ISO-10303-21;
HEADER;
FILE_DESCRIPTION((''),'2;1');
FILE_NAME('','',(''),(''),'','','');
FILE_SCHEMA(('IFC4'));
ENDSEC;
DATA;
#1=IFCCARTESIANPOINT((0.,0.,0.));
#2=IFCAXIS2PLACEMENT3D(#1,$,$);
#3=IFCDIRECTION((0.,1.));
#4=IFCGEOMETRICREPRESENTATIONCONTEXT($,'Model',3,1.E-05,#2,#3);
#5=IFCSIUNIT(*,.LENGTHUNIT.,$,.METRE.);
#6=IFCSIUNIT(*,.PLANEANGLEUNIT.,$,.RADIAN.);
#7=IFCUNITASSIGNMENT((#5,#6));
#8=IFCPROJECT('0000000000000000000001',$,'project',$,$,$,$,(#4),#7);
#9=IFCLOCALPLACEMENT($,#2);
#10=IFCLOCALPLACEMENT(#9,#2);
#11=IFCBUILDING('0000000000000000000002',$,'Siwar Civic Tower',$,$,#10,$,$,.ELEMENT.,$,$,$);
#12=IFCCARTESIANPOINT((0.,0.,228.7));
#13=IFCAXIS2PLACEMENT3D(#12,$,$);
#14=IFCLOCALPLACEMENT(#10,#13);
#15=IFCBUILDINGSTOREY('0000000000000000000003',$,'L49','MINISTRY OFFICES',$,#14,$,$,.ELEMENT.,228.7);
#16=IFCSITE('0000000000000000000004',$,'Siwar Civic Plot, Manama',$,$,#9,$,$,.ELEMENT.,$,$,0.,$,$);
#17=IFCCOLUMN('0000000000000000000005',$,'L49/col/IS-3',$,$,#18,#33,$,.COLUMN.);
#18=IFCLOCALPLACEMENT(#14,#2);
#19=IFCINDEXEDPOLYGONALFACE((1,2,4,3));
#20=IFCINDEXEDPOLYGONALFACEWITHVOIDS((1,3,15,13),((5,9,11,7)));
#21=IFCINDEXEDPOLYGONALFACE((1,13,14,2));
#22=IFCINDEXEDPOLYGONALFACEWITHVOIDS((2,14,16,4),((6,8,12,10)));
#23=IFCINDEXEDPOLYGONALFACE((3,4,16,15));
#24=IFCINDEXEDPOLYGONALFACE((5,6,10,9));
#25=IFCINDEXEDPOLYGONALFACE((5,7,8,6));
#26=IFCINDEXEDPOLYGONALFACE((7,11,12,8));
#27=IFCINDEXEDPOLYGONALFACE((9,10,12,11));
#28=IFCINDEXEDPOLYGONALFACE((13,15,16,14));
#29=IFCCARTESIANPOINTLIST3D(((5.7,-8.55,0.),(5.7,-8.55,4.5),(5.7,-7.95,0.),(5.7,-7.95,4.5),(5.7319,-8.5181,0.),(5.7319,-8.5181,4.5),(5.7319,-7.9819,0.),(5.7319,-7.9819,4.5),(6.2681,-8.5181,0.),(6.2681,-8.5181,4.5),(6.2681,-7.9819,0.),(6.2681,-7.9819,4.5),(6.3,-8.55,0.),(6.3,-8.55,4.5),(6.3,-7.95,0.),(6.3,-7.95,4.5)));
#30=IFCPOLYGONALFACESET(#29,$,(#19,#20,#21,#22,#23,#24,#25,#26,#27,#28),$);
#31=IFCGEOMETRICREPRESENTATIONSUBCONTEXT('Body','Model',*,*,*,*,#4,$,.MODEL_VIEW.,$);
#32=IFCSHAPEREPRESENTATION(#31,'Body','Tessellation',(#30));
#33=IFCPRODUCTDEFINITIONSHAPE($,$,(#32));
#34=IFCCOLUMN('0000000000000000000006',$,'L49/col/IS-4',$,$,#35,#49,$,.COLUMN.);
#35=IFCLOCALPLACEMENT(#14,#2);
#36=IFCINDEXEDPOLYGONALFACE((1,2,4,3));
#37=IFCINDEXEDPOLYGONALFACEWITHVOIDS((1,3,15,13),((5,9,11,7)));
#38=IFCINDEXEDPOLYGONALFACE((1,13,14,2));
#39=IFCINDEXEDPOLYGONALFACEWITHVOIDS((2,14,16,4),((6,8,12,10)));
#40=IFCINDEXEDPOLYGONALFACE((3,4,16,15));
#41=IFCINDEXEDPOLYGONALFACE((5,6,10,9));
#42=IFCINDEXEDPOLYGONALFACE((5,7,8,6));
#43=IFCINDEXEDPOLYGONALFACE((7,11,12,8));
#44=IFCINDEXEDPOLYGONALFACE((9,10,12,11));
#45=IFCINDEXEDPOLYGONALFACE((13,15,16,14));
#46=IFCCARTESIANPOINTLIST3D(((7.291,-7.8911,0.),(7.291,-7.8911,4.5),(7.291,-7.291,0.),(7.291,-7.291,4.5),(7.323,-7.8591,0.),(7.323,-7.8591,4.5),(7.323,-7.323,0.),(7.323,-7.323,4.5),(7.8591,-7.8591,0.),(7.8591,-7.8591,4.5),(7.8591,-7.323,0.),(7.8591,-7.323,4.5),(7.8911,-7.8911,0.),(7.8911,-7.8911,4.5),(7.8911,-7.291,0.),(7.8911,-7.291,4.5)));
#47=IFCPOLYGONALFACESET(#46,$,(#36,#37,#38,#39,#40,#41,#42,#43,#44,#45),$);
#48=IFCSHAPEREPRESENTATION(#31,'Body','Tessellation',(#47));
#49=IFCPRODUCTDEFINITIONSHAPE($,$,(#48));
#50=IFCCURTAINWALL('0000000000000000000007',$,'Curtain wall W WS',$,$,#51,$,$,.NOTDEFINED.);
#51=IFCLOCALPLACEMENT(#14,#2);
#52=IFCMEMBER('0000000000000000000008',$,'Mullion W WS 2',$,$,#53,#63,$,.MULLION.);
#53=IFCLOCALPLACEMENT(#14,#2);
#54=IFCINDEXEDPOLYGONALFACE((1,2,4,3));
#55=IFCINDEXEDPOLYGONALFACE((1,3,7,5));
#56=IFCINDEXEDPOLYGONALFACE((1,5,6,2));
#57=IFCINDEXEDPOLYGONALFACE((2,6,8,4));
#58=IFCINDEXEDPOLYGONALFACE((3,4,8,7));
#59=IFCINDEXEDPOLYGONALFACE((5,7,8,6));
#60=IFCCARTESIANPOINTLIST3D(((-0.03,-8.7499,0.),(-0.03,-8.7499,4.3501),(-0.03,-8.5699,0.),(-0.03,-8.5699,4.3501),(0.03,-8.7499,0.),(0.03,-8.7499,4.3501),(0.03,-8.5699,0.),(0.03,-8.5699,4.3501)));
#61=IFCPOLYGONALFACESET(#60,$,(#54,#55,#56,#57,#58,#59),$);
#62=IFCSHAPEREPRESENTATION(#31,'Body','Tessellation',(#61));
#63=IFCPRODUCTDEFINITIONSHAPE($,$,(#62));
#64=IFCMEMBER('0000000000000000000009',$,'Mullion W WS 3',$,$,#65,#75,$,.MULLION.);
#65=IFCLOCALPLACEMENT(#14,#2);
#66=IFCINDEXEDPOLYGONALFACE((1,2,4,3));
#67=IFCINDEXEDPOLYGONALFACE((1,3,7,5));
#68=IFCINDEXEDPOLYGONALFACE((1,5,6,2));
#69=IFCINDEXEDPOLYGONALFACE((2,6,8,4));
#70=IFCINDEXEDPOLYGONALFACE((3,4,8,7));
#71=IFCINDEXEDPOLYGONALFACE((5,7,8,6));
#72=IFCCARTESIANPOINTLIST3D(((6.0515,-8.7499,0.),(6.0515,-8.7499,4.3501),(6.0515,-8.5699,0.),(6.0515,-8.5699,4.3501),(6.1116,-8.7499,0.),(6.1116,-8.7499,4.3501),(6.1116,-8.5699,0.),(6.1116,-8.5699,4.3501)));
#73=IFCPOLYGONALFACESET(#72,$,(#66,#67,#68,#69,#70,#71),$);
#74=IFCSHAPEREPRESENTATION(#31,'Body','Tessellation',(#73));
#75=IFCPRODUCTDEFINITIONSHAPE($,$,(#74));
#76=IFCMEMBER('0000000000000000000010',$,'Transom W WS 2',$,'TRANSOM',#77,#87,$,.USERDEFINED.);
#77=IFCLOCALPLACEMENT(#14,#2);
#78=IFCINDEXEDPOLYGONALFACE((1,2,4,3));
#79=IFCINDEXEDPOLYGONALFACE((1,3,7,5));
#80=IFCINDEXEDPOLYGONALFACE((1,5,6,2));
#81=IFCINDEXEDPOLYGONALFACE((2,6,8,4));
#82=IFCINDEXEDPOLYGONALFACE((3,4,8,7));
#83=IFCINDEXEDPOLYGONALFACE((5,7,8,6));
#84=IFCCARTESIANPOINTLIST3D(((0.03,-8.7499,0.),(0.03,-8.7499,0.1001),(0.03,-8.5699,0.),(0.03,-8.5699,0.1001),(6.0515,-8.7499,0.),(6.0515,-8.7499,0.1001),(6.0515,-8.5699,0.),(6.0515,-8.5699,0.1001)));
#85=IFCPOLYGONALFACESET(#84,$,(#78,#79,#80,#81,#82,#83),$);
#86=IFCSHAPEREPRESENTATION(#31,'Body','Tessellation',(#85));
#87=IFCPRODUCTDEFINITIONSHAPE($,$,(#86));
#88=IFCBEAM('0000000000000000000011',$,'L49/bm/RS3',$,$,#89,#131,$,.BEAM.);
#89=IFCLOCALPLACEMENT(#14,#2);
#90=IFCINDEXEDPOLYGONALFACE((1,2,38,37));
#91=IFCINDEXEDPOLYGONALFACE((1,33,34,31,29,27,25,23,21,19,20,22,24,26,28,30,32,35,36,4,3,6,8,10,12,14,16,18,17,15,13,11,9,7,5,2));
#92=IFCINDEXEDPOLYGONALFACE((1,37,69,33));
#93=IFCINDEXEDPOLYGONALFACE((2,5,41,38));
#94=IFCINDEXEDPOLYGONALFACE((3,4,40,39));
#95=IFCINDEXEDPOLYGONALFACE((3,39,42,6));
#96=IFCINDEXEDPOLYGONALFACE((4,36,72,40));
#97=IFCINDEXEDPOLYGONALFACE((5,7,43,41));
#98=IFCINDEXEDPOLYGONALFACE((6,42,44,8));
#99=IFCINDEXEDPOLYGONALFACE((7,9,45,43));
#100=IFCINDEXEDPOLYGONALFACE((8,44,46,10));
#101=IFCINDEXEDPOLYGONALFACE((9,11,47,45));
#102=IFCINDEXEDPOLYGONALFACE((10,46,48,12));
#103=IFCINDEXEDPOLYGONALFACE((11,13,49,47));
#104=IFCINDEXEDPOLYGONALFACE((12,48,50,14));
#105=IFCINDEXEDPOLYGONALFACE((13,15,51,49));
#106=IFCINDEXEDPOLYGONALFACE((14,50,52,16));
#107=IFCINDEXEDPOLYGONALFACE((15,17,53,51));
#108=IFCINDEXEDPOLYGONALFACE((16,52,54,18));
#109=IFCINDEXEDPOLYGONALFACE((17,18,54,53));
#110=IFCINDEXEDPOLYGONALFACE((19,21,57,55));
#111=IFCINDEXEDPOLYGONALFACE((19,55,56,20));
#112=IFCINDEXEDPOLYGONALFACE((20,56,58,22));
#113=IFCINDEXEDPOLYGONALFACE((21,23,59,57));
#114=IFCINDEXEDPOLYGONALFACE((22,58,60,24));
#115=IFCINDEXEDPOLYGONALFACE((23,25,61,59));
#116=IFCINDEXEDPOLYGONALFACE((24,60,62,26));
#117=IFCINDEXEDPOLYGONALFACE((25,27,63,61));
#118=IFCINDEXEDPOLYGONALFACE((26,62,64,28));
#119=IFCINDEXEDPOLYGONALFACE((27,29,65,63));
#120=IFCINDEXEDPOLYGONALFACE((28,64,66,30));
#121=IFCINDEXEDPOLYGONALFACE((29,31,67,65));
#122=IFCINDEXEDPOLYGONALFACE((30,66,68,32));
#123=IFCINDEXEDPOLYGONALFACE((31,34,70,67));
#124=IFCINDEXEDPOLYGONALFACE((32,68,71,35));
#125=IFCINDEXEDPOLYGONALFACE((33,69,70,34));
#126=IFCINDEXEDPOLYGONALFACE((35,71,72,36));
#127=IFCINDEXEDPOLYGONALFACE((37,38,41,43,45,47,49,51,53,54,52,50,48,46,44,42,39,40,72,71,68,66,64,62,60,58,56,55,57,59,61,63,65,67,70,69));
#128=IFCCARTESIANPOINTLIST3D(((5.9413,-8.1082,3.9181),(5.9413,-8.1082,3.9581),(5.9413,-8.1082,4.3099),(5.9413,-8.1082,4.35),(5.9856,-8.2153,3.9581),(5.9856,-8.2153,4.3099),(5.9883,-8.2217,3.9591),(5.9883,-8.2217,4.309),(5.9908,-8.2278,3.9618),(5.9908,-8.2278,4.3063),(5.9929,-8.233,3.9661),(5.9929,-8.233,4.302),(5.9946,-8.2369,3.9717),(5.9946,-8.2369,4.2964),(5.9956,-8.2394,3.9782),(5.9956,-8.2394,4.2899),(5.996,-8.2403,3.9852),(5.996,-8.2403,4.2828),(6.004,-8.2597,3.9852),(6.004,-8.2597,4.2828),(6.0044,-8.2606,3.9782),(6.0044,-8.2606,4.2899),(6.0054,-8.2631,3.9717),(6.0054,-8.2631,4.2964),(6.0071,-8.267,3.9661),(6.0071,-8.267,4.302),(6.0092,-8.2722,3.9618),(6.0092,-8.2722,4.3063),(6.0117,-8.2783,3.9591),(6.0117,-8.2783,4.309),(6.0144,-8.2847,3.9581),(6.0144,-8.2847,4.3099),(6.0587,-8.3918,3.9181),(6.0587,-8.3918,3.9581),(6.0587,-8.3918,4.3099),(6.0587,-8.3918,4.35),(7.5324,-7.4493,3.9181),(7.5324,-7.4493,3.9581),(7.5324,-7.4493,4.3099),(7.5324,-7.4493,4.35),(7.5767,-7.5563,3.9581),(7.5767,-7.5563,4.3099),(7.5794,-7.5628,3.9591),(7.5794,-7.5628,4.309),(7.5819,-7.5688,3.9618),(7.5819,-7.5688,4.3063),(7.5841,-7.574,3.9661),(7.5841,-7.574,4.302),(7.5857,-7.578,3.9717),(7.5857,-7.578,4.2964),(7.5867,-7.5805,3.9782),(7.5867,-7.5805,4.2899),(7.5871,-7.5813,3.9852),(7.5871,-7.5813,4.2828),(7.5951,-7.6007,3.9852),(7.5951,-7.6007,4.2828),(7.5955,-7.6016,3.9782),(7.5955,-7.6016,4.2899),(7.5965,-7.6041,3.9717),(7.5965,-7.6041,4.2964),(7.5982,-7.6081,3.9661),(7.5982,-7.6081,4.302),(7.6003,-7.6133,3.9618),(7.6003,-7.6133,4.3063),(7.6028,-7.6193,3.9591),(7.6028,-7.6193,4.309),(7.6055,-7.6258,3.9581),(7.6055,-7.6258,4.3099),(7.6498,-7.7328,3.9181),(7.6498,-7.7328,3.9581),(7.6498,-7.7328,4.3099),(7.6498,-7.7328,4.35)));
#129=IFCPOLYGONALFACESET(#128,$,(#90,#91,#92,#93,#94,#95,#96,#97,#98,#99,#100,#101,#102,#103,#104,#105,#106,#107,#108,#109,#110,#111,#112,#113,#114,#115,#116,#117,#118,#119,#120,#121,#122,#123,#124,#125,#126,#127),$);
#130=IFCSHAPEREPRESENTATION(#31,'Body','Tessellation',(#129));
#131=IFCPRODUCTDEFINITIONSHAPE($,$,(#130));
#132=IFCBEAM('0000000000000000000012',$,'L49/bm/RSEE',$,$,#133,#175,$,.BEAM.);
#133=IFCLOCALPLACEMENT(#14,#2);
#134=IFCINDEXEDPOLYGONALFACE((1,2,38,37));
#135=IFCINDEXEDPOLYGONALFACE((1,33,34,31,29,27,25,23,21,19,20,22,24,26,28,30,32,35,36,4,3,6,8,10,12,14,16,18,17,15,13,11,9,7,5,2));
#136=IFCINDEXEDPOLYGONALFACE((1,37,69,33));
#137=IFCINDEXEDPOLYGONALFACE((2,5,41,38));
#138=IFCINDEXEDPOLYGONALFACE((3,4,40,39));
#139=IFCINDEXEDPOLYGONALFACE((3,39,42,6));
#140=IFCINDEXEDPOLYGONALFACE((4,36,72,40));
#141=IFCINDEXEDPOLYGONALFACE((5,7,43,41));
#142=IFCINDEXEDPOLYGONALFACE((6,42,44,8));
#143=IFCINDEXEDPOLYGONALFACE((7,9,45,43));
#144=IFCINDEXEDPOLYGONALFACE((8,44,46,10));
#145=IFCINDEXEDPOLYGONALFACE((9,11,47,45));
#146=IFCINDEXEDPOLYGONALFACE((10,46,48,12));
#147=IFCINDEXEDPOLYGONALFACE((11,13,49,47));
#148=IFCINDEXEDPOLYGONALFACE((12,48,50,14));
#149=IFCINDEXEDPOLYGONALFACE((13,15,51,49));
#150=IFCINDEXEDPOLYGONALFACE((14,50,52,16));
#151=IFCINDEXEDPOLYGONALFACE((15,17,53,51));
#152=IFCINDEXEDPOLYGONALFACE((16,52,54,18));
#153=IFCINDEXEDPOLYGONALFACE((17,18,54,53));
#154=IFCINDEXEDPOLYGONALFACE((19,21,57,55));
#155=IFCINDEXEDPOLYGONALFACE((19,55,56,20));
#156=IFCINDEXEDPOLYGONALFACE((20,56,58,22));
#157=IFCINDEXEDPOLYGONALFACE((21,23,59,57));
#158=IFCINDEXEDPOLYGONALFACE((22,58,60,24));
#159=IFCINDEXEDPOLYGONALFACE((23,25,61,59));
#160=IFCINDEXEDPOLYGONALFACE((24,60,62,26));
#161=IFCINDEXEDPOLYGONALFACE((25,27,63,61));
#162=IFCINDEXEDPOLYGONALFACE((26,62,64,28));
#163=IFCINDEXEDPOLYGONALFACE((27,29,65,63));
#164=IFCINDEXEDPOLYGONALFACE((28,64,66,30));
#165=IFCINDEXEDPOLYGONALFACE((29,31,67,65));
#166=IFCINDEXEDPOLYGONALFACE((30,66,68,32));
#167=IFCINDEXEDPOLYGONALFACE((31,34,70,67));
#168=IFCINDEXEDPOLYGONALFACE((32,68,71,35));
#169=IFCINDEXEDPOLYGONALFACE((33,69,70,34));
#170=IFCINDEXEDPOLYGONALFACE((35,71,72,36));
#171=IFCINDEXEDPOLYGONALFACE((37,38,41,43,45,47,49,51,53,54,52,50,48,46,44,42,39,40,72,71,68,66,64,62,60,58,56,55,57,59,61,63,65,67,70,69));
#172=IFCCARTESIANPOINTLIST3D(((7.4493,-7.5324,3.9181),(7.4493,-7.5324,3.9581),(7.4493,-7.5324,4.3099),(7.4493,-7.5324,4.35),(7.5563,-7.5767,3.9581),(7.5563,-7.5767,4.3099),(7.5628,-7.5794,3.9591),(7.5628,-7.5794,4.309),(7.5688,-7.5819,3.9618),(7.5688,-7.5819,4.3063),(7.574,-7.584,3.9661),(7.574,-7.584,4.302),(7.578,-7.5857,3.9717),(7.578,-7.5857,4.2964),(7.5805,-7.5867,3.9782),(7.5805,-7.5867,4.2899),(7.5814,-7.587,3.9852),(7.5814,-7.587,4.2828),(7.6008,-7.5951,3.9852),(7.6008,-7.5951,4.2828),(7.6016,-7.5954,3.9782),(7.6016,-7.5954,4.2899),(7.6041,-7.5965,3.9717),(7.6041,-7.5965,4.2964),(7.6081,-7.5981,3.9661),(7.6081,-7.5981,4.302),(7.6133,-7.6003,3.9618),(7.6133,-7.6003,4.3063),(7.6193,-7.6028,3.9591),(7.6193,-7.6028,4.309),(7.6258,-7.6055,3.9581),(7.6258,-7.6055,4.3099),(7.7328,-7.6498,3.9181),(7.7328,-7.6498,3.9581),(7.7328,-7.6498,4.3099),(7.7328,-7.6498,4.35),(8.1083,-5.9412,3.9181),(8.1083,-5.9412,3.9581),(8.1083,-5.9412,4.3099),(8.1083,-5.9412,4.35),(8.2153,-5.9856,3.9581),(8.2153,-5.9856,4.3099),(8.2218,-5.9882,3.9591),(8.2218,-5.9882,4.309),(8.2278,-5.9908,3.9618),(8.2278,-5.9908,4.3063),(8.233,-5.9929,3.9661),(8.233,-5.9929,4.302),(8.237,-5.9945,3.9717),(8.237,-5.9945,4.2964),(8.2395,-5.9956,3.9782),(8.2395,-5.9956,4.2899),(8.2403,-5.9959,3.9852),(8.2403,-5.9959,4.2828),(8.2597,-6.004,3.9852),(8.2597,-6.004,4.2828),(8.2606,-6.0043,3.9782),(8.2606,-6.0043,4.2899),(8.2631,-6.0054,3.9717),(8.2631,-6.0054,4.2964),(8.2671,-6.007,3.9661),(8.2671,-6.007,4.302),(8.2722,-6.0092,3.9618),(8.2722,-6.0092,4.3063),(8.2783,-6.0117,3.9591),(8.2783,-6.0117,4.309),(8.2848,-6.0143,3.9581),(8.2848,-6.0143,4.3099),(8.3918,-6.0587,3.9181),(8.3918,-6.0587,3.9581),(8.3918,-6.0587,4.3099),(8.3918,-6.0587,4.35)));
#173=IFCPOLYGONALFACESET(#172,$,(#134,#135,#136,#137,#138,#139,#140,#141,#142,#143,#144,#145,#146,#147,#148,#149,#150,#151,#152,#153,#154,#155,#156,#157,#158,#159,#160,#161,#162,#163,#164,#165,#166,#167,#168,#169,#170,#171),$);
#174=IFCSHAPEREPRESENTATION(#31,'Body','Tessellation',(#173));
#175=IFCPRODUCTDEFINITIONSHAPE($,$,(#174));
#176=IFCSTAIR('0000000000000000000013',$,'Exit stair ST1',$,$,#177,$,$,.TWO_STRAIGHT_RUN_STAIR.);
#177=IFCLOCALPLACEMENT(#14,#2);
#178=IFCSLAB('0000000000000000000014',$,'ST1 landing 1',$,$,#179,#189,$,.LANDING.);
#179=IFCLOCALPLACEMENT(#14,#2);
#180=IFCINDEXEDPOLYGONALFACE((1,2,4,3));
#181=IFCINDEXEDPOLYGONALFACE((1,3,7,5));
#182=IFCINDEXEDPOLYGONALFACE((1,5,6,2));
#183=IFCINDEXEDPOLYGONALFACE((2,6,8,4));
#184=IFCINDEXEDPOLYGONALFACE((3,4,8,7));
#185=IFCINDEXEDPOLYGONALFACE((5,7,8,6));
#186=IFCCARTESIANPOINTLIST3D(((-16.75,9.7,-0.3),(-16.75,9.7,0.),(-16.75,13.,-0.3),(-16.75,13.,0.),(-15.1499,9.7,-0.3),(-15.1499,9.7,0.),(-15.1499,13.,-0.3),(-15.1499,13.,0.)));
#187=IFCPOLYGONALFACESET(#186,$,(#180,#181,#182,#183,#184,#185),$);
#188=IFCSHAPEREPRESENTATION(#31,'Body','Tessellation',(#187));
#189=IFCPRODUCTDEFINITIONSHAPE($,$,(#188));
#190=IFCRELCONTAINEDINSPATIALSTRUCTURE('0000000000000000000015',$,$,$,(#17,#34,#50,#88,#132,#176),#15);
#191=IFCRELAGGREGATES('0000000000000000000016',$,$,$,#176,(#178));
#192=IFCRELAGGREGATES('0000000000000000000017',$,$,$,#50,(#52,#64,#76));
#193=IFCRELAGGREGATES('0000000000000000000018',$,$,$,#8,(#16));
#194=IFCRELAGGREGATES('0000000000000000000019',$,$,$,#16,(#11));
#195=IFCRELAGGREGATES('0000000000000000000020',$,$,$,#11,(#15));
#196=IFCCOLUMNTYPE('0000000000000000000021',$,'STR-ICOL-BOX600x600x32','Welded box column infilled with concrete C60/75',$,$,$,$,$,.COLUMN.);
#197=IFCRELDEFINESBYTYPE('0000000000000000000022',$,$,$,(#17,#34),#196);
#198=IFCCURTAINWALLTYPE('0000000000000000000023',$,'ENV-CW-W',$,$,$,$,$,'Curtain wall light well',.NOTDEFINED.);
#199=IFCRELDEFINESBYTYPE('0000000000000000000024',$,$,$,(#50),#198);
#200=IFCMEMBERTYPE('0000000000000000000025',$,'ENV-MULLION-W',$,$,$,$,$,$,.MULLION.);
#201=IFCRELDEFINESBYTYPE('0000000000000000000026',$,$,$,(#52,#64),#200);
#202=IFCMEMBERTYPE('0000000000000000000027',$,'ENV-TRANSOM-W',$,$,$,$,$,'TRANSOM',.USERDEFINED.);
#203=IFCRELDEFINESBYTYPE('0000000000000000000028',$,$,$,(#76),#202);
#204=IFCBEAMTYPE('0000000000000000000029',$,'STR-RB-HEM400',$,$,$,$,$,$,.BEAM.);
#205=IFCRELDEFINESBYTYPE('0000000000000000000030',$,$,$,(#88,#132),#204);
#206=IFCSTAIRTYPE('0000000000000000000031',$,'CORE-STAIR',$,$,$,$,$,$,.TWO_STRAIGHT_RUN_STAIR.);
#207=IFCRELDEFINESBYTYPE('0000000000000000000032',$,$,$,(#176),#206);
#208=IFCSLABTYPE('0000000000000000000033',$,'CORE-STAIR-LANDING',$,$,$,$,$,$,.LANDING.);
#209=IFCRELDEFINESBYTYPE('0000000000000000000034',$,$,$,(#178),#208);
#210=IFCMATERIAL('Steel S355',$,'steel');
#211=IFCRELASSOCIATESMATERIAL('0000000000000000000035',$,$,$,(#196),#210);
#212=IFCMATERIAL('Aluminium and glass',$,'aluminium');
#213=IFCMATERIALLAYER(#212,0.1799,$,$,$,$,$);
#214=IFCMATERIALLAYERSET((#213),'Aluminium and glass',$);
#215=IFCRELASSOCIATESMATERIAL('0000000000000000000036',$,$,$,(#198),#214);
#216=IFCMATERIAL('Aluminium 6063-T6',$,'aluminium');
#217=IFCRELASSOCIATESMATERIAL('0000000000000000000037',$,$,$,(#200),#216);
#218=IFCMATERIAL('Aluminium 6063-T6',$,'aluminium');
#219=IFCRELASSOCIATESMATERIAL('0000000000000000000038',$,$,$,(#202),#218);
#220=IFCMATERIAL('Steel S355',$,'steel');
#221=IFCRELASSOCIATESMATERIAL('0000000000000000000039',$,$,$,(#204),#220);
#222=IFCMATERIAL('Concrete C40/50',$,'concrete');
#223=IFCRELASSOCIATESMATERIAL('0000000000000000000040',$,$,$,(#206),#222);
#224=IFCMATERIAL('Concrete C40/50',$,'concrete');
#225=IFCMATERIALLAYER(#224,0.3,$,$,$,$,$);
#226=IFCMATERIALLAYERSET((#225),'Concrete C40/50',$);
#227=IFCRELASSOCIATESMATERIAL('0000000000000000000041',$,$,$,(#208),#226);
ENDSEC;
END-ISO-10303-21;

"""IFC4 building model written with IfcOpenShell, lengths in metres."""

from ifc_helpers import new_model, si_unit, direction, frame, origin, origin_2d, place, context, subcontext, project, spatial, polyline, rectangle, hollow_rectangle, i_section, outline, extrude, material, layer, layer_set, material_profile, profile_set, type_object, element, aggregate, save


model = new_model("IFC4")

# Units and contexts
model_context = context("Model", 3, precision=1e-05, world=origin(), true_north=direction((0.0, 1.0)))
body_context = subcontext(model_context, "Body", "Model", "MODEL_VIEW")
ifc_project = project(units=[si_unit("LENGTHUNIT", "METRE"), si_unit("PLANEANGLEUNIT", "RADIAN")], contexts=[model_context])

# Site, building, storey
site_placement = place(None, origin())
site = spatial("IfcSite", under=ifc_project, at=site_placement, Name="Siwar Civic Plot, Manama", CompositionType="ELEMENT", RefElevation=0.0)
building_placement = place(site_placement, origin())
building = spatial("IfcBuilding", under=site, at=building_placement, Name="Siwar Civic Tower", CompositionType="ELEMENT")
storey_placement = place(building_placement, frame((0.0, 0.0, 228.7)))
storey = spatial("IfcBuildingStorey", under=building, at=storey_placement, Name="L49", Description="MINISTRY OFFICES", CompositionType="ELEMENT", Elevation=228.7)

# Columns
ifc_material_1 = material(Name="Steel S355", Category="steel")
ifc_material_profile_1 = material_profile(ifc_material_1, hollow_rectangle(XDim=0.6001, YDim=0.6001, WallThickness=0.032, at=origin_2d()), Name="BOX600x600x32")
ifc_profile_set_1 = profile_set([ifc_material_profile_1], Name="Steel S355")
column_type = type_object("IfcColumnType", Name="STR-ICOL-BOX600x600x32", Description="Welded box column infilled with concrete C60/75", PredefinedType="COLUMN", material=ifc_profile_set_1)
for number, where, z_axis, x_axis, name in (
    (1, (6.0, -8.25, 0.0), (0.0, 0.0, 1.0), (1.0, 0.0, 0.0), "L49/col/IS-3"),
    (2, (7.5911, -7.5911, 0.0), (0.0, 0.0, 1.0), (1.0, 0.0, 0.0), "L49/col/IS-4"),
):
    element("IfcColumn", number, at=place(storey_placement, frame(where, z_axis=z_axis, x_axis=x_axis)), inside=storey, type_object=column_type, Name=name, PredefinedType="COLUMN", context=body_context, shape_type="SweptSolid", body=[
        extrude(hollow_rectangle(XDim=0.6001, YDim=0.6001, WallThickness=0.032, at=origin_2d()), origin(), (0.0, 0.0, 1.0), 4.5),
    ])

# Curtain wall, members
ifc_material_2 = material(Name="Aluminium and glass", Category="aluminium")
ifc_layer_1 = layer(ifc_material_2, 0.1799)
ifc_layer_set_1 = layer_set([ifc_layer_1], Name="Aluminium and glass")
curtain_wall_type = type_object("IfcCurtainWallType", Name="ENV-CW-W", ElementType="Curtain wall light well", PredefinedType="NOTDEFINED", material=ifc_layer_set_1)
curtain_wall_placement = place(storey_placement, origin())
curtain_wall = element("IfcCurtainWall", 3, at=curtain_wall_placement, inside=storey, type_object=curtain_wall_type, Name="Curtain wall W WS", PredefinedType="NOTDEFINED")
ifc_material_3 = material(Name="Aluminium 6063-T6", Category="aluminium")
ifc_material_profile_2 = material_profile(ifc_material_3, rectangle(XDim=0.1799, YDim=0.0601, at=origin_2d()), Name="AL 180x60")
ifc_profile_set_2 = profile_set([ifc_material_profile_2], Name="Aluminium 6063-T6")
member_type_1 = type_object("IfcMemberType", Name="ENV-MULLION-W", PredefinedType="MULLION", material=ifc_profile_set_2)
member_1_placement = place(storey_placement, frame((0.0, -8.6599, 0.0), z_axis=(0.0, 0.0, 1.0), x_axis=(0.0, 1.0, 0.0)))
member_1 = element("IfcMember", 4, at=member_1_placement, type_object=member_type_1, Name="Mullion W WS 2", PredefinedType="MULLION", context=body_context, shape_type="SweptSolid", body=[
    extrude(rectangle(XDim=0.1799, YDim=0.0601, at=origin_2d()), origin(), (0.0, 0.0, 1.0), 4.3501),
])
member_2_placement = place(storey_placement, frame((6.0815, -8.6599, 0.0), z_axis=(0.0, 0.0, 1.0), x_axis=(0.0, 1.0, 0.0)))
member_2 = element("IfcMember", 5, at=member_2_placement, type_object=member_type_1, Name="Mullion W WS 3", PredefinedType="MULLION", context=body_context, shape_type="SweptSolid", body=[
    extrude(rectangle(XDim=0.1799, YDim=0.0601, at=origin_2d()), origin(), (0.0, 0.0, 1.0), 4.3501),
])
ifc_material_4 = material(Name="Aluminium 6063-T6", Category="aluminium")
ifc_material_profile_3 = material_profile(ifc_material_4, rectangle(XDim=0.1799, YDim=0.1001, at=origin_2d()), Name="AL 180x100")
ifc_profile_set_3 = profile_set([ifc_material_profile_3], Name="Aluminium 6063-T6")
member_type_2 = type_object("IfcMemberType", Name="ENV-TRANSOM-W", ElementType="TRANSOM", PredefinedType="USERDEFINED", material=ifc_profile_set_3)
member_3_placement = place(storey_placement, frame((0.03, -8.6599, 0.05), z_axis=(1.0, 0.0, 0.0), x_axis=(0.0, 1.0, 0.0)))
member_3 = element("IfcMember", 6, at=member_3_placement, type_object=member_type_2, Name="Transom W WS 2", ObjectType="TRANSOM", PredefinedType="USERDEFINED", context=body_context, shape_type="SweptSolid", body=[
    extrude(rectangle(XDim=0.1799, YDim=0.1001, at=origin_2d()), origin(), (0.0, 0.0, 1.0), 6.0215),
])

# Beams
ifc_material_5 = material(Name="Steel S355", Category="steel")
ifc_material_profile_4 = material_profile(ifc_material_5, i_section(OverallWidth=0.3069, OverallDepth=0.4319, WebThickness=0.021, FlangeThickness=0.04, FilletRadius=0.0271, at=origin_2d()), Name="HEM400")
ifc_profile_set_4 = profile_set([ifc_material_profile_4], Name="Steel S355")
beam_type = type_object("IfcBeamType", Name="STR-RB-HEM400", PredefinedType="BEAM", material=ifc_profile_set_4)
for number, where, z_axis, x_axis, name in (
    (7, (6.0, -8.25, 4.134), (0.923901, 0.382631, 0.0), (-0.382631, 0.923901, 0.0), "L49/bm/RS3"),
    (8, (7.5911, -7.5911, 4.134), (0.382631, 0.923901, 0.0), (-0.923901, 0.382631, 0.0), "L49/bm/RSEE"),
):
    element("IfcBeam", number, at=place(storey_placement, frame(where, z_axis=z_axis, x_axis=x_axis)), inside=storey, type_object=beam_type, Name=name, PredefinedType="BEAM", context=body_context, shape_type="SweptSolid", body=[
        extrude(i_section(OverallWidth=0.3069, OverallDepth=0.4319, WebThickness=0.021, FlangeThickness=0.04, FilletRadius=0.0271, at=origin_2d()), origin(), (0.0, 0.0, 1.0), 1.7222),
    ])

# Stair, slab
ifc_material_6 = material(Name="Concrete C40/50", Category="concrete")
stair_type = type_object("IfcStairType", Name="CORE-STAIR", PredefinedType="TWO_STRAIGHT_RUN_STAIR", material=ifc_material_6)
stair_1_placement = place(storey_placement, origin())
stair_1 = element("IfcStair", 9, at=stair_1_placement, inside=storey, type_object=stair_type, Name="Exit stair ST1", PredefinedType="TWO_STRAIGHT_RUN_STAIR")
ifc_material_7 = material(Name="Concrete C40/50", Category="concrete")
ifc_layer_2 = layer(ifc_material_7, 0.3)
ifc_layer_set_2 = layer_set([ifc_layer_2], Name="Concrete C40/50")
slab_type = type_object("IfcSlabType", Name="CORE-STAIR-LANDING", PredefinedType="LANDING", material=ifc_layer_set_2)
slab_1_placement = place(storey_placement, frame((0.0, 0.0, -0.3)))
slab_1 = element("IfcSlab", 10, at=slab_1_placement, type_object=slab_type, Name="ST1 landing 1", PredefinedType="LANDING", context=body_context, shape_type="SweptSolid", body=[
    extrude(outline(polyline([(-15.1499, 13.0), (-16.75, 13.0), (-16.75, 9.7), (-15.1499, 9.7), (-15.1499, 13.0)])), origin(), (0.0, 0.0, 1.0), 0.3),
])
aggregate(stair_1, [slab_1])

aggregate(curtain_wall, [member_1, member_2, member_3])

save(model, "model.ifc")
